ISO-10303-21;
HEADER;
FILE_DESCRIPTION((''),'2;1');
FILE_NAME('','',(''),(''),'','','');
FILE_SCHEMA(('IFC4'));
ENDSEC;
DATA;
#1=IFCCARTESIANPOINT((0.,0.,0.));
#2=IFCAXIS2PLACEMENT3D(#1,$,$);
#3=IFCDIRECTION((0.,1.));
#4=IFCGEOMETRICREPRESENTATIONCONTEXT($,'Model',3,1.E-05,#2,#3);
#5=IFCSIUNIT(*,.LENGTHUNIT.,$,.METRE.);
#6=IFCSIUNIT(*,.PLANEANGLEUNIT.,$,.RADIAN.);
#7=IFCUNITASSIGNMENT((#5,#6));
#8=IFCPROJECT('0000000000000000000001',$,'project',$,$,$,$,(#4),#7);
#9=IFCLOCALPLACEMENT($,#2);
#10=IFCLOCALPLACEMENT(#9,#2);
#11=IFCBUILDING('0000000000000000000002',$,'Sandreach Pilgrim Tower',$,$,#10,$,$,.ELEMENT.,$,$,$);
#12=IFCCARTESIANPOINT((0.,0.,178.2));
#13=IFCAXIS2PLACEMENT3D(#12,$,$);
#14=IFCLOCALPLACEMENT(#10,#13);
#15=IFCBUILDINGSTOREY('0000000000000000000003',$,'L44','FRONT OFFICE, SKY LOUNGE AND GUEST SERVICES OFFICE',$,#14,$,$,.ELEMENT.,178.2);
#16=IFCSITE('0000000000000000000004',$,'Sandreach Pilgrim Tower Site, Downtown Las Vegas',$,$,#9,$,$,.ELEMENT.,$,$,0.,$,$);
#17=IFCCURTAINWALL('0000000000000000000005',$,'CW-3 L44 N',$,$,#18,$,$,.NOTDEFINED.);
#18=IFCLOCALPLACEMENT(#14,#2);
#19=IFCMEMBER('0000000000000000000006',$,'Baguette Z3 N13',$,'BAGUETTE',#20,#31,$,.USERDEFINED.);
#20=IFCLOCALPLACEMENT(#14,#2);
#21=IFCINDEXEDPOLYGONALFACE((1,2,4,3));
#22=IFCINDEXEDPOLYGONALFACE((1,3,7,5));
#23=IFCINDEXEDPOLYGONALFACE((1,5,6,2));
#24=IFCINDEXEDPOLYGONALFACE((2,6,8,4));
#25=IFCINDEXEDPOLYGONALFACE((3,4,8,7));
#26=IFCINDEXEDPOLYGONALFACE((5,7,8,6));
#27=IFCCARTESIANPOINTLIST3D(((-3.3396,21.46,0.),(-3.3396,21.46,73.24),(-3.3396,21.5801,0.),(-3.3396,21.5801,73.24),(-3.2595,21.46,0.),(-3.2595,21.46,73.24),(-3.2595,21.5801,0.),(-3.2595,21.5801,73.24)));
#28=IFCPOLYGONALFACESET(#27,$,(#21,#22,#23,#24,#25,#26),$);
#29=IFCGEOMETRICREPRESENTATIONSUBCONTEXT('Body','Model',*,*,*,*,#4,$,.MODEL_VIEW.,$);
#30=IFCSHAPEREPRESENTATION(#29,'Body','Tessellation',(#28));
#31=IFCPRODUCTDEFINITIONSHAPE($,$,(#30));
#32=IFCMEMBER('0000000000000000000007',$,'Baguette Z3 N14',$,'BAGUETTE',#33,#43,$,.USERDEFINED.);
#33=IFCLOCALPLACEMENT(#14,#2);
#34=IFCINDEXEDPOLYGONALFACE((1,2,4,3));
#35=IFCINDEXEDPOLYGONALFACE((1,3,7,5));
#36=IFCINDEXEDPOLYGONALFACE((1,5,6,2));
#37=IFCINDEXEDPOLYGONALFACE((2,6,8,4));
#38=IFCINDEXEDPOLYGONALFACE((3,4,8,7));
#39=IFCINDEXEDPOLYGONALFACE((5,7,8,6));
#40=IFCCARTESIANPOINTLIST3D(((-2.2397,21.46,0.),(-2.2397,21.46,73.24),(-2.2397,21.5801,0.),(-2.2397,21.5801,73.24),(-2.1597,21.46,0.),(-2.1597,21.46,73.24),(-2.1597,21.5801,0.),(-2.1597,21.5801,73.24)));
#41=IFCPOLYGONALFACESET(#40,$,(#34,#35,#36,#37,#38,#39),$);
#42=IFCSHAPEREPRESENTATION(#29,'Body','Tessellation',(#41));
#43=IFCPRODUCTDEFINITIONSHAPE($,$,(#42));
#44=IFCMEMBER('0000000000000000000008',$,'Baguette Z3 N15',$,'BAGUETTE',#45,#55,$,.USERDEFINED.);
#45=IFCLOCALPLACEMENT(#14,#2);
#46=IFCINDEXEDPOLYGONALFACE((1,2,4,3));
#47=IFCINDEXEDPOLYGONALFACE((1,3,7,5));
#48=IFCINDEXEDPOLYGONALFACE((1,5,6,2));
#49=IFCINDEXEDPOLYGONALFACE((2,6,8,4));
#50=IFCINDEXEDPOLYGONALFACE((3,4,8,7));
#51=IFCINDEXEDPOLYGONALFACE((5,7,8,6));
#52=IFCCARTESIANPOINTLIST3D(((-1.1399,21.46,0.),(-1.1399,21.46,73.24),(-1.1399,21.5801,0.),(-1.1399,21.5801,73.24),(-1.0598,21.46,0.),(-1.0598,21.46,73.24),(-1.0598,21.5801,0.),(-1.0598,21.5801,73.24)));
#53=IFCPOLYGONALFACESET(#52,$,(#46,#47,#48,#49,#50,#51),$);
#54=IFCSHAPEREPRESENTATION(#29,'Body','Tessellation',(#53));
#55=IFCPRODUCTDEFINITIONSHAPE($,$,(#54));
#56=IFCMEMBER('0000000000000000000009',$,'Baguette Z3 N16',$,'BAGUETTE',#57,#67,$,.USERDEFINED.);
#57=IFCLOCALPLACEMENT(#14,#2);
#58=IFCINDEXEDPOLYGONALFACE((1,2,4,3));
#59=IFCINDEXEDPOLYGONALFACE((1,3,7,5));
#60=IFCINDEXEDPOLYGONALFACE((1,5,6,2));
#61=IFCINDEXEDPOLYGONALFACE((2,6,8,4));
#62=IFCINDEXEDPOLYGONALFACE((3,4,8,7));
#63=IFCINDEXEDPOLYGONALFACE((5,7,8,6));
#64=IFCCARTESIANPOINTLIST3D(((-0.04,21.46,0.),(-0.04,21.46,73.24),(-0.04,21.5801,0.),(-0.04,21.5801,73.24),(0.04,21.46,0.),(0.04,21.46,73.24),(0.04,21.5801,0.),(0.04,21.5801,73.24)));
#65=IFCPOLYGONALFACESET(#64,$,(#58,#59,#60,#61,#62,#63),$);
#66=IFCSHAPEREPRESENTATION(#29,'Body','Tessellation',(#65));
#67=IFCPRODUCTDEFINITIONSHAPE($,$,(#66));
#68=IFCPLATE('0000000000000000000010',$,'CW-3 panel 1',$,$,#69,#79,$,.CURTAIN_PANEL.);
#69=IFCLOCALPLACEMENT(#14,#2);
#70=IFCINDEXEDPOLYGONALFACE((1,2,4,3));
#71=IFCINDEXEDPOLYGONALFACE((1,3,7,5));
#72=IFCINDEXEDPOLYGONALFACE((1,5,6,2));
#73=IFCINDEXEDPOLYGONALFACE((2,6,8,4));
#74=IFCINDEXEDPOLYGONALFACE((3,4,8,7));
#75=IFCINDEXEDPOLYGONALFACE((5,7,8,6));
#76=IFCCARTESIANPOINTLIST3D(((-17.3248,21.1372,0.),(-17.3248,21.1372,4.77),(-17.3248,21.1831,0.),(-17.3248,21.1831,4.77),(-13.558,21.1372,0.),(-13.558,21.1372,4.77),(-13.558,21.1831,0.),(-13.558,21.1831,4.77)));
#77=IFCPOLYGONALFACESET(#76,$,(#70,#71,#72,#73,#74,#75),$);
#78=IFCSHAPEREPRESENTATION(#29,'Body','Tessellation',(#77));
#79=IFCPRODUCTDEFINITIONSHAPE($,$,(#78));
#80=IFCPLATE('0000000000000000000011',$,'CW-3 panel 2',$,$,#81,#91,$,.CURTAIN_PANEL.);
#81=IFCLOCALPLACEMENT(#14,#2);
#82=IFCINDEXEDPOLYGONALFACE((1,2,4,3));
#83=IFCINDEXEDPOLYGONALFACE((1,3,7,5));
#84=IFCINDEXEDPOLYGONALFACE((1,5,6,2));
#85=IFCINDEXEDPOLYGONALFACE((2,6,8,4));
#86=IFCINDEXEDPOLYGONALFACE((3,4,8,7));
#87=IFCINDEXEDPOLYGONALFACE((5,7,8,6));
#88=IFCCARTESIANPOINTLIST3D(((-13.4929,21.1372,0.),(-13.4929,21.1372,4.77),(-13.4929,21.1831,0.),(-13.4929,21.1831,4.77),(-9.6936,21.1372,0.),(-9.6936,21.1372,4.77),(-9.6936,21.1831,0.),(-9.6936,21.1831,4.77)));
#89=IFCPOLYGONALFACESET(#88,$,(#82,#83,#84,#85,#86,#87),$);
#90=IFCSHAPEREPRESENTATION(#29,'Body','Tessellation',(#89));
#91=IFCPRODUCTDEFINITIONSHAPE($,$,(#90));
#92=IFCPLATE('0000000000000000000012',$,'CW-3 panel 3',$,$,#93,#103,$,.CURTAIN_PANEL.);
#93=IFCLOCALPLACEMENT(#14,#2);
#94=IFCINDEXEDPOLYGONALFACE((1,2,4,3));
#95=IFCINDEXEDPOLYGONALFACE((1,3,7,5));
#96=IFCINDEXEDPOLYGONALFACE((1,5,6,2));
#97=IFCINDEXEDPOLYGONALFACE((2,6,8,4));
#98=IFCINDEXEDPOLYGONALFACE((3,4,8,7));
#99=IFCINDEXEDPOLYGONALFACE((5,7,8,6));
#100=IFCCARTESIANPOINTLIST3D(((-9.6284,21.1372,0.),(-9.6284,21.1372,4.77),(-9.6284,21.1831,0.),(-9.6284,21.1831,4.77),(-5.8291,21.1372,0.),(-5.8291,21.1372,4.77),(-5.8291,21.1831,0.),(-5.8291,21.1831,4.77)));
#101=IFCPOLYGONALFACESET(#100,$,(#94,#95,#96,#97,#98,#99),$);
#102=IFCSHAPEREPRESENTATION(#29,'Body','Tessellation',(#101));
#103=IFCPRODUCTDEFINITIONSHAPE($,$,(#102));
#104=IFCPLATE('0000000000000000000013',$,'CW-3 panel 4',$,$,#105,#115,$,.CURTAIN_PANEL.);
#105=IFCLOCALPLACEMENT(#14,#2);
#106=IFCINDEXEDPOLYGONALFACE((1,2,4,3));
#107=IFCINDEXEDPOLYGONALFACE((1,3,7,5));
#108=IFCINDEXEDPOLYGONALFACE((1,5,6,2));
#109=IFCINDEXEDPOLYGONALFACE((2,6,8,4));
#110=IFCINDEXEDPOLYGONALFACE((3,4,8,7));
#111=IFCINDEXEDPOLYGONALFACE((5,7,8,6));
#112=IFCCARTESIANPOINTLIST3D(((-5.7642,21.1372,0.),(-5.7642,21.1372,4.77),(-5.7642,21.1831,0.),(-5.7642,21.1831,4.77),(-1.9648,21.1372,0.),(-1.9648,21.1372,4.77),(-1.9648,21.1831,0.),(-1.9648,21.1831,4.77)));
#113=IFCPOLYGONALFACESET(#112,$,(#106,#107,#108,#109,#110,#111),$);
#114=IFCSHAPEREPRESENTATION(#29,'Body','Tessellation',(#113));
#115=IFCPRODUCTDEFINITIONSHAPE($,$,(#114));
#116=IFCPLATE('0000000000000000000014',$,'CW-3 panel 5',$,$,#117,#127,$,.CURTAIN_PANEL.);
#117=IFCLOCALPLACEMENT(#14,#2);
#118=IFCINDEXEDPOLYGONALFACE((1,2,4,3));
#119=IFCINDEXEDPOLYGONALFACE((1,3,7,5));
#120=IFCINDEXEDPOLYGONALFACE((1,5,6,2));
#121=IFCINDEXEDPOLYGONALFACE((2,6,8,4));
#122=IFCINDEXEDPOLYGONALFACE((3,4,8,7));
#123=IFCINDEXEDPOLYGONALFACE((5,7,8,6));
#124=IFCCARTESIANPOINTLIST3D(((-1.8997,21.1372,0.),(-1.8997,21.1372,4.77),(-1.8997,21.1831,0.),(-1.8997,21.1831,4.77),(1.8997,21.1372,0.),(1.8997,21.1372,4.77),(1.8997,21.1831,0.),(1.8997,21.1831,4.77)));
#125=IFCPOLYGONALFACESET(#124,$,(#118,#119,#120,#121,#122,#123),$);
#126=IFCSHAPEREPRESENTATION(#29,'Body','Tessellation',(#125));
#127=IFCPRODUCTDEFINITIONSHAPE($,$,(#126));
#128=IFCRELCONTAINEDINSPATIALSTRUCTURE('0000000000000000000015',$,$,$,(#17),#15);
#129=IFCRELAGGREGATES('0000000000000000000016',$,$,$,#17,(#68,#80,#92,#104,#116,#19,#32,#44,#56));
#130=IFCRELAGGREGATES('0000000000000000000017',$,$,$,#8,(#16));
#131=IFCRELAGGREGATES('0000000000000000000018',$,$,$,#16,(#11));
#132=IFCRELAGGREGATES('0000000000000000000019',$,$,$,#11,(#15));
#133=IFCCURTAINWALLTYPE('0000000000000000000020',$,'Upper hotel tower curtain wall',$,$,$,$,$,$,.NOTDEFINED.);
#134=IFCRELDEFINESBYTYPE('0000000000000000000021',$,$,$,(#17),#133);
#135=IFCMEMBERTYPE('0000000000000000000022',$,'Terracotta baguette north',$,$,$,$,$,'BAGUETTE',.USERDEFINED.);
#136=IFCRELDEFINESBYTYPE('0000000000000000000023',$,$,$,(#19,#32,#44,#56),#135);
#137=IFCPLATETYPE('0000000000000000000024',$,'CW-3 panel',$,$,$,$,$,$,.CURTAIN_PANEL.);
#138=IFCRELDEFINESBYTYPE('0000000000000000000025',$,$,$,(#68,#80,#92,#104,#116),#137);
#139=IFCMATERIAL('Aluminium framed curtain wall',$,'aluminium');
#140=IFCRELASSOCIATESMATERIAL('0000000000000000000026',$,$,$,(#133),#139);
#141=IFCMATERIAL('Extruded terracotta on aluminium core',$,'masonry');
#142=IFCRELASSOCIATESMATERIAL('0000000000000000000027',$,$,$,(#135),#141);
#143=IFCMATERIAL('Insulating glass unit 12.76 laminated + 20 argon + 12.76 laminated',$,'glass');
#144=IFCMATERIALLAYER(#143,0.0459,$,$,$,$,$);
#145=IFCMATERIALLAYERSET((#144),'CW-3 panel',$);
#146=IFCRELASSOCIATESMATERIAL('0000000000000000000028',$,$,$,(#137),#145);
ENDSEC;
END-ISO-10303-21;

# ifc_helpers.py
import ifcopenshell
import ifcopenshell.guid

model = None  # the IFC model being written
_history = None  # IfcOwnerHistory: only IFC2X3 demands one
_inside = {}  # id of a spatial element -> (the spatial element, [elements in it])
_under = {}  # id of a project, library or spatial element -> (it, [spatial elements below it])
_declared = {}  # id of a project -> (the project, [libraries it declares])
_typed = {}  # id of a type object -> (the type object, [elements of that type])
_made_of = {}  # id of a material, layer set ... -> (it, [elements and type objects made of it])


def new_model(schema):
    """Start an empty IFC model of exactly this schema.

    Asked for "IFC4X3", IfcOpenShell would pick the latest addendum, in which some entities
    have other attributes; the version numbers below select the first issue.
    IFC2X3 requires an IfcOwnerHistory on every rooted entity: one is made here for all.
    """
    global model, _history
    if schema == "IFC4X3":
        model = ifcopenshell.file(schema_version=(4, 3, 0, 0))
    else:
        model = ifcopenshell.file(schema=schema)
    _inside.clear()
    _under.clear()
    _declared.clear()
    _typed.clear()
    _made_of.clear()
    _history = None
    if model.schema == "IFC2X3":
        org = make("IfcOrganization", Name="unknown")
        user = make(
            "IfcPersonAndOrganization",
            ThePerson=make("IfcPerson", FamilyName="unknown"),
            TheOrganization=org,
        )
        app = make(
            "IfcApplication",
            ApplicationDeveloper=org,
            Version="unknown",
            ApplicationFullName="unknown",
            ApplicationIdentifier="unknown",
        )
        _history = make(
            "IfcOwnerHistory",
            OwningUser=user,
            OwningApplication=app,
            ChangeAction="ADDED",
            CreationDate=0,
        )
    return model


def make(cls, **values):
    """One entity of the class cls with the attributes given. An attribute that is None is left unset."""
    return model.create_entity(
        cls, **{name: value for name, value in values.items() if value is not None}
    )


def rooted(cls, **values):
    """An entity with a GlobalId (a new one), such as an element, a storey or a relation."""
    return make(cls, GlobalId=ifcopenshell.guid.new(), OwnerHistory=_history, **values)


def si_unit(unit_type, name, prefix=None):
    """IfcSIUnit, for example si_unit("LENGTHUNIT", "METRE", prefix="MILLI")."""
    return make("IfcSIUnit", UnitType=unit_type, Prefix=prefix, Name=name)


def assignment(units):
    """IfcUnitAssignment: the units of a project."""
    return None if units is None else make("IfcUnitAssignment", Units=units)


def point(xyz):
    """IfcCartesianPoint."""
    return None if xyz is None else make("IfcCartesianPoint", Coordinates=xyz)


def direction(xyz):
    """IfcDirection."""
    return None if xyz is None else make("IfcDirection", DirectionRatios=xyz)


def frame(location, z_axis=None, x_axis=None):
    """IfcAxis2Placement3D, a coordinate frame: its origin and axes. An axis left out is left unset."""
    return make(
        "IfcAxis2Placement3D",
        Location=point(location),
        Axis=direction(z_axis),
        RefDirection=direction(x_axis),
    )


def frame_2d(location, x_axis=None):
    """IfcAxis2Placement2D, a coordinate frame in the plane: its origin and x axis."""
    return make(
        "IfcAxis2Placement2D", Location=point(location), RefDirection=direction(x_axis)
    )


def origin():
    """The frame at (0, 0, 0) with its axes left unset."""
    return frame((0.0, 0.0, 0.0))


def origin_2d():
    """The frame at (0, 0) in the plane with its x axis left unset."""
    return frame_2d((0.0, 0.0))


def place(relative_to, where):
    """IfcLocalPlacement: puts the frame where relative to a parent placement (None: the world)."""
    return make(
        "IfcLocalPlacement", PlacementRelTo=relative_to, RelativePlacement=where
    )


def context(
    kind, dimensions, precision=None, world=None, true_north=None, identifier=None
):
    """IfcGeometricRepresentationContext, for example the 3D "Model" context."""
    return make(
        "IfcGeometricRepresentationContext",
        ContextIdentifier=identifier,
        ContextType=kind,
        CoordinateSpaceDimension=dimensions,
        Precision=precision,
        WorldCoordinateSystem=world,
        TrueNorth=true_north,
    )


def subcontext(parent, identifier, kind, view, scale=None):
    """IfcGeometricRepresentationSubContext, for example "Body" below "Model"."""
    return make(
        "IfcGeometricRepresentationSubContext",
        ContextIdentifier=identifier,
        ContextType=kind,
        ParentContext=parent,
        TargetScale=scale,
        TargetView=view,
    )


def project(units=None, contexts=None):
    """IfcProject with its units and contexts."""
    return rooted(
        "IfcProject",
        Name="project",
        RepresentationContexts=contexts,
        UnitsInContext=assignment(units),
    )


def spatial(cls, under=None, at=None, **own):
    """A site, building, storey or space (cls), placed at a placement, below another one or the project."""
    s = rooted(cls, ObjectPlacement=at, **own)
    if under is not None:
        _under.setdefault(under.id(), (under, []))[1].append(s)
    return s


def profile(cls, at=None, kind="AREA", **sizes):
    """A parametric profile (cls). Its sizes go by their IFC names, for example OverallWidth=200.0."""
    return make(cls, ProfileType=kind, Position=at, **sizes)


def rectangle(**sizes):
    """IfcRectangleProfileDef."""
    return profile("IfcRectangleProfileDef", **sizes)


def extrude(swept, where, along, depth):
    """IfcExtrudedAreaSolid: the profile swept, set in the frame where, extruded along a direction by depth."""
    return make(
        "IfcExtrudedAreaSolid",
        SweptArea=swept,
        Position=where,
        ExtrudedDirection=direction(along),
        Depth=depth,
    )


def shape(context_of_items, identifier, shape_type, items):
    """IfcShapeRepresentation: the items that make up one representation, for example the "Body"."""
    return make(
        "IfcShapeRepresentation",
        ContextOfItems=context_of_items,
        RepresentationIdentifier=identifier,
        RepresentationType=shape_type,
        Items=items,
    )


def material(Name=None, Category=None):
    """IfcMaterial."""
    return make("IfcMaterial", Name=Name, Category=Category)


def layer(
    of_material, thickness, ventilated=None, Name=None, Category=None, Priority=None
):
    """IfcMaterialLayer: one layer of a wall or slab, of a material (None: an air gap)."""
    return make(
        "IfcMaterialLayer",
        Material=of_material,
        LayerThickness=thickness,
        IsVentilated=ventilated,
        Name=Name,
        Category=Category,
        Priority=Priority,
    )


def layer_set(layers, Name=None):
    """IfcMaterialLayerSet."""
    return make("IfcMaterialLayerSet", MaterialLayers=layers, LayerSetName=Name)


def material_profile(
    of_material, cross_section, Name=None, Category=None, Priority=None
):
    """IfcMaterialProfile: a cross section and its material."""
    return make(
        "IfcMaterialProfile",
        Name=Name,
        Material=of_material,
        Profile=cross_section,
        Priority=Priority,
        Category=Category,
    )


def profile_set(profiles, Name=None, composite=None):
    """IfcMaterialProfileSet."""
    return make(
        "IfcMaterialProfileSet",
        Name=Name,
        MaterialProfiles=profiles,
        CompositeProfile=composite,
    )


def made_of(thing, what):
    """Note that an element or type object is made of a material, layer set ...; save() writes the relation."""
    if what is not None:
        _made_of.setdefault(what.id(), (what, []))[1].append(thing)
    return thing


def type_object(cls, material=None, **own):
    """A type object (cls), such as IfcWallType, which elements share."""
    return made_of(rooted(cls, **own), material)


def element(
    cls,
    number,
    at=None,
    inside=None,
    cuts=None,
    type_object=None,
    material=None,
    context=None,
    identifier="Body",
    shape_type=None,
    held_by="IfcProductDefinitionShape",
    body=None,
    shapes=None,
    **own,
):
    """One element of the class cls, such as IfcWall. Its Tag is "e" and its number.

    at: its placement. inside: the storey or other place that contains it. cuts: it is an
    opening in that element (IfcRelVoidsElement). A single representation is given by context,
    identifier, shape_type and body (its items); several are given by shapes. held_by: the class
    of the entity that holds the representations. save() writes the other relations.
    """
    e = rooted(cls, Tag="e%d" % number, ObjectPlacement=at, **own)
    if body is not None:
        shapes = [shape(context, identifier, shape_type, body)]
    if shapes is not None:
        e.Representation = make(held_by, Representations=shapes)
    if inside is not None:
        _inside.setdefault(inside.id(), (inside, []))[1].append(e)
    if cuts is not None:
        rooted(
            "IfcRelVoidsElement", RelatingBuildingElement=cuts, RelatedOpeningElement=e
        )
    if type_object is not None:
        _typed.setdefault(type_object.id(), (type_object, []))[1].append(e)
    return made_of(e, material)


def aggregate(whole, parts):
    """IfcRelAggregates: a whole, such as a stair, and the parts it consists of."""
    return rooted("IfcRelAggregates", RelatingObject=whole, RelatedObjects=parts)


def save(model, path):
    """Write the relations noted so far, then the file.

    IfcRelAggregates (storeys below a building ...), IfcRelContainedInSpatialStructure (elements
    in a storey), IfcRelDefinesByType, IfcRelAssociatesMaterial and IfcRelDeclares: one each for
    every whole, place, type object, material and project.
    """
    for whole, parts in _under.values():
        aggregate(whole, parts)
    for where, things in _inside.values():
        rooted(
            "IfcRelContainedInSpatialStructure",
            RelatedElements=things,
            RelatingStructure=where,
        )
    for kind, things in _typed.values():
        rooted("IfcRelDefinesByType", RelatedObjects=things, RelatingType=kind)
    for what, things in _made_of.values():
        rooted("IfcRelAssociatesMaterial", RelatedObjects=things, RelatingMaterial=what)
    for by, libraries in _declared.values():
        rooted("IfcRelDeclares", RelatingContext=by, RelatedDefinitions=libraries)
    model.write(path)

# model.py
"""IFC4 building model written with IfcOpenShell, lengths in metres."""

from ifc_helpers import new_model, si_unit, direction, frame, origin, origin_2d, place, context, subcontext, project, spatial, rectangle, extrude, material, layer, layer_set, material_profile, profile_set, type_object, element, aggregate, save


model = new_model("IFC4")

# Units and contexts
model_context = context("Model", 3, precision=1e-05, world=origin(), true_north=direction((0.0, 1.0)))
body_context = subcontext(model_context, "Body", "Model", "MODEL_VIEW")
ifc_project = project(units=[si_unit("LENGTHUNIT", "METRE"), si_unit("PLANEANGLEUNIT", "RADIAN")], contexts=[model_context])

# Site, building, storey
site_placement = place(None, origin())
site = spatial("IfcSite", under=ifc_project, at=site_placement, Name="Sandreach Pilgrim Tower Site, Downtown Las Vegas", CompositionType="ELEMENT", RefElevation=0.0)
building_placement = place(site_placement, origin())
building = spatial("IfcBuilding", under=site, at=building_placement, Name="Sandreach Pilgrim Tower", CompositionType="ELEMENT")
storey_placement = place(building_placement, frame((0.0, 0.0, 178.2)))
storey = spatial("IfcBuildingStorey", under=building, at=storey_placement, Name="L44", Description="FRONT OFFICE, SKY LOUNGE AND GUEST SERVICES OFFICE", CompositionType="ELEMENT", Elevation=178.2)

# Curtain wall
ifc_material_1 = material(Name="Aluminium framed curtain wall", Category="aluminium")
curtain_wall_type = type_object("IfcCurtainWallType", Name="Upper hotel tower curtain wall", PredefinedType="NOTDEFINED", material=ifc_material_1)
curtain_wall_placement = place(storey_placement, origin())
curtain_wall = element("IfcCurtainWall", 1, at=curtain_wall_placement, inside=storey, type_object=curtain_wall_type, Name="CW-3 L44 N", PredefinedType="NOTDEFINED")

# Members
ifc_material_2 = material(Name="Extruded terracotta on aluminium core", Category="masonry")
ifc_material_profile_1 = material_profile(ifc_material_2, rectangle(XDim=0.0801, YDim=0.1201, at=origin_2d()), Name="TBN 80X120")
ifc_profile_set_1 = profile_set([ifc_material_profile_1], Name="Extruded terracotta on aluminium core")
member_type_1 = type_object("IfcMemberType", Name="Terracotta baguette north", ElementType="BAGUETTE", PredefinedType="USERDEFINED", material=ifc_profile_set_1)
member_1_placement = place(storey_placement, frame((-3.2996, 21.52, 0.0), z_axis=(0.0, 0.0, 1.0), x_axis=(1.0, 0.0, 0.0)))
member_1 = element("IfcMember", 2, at=member_1_placement, type_object=member_type_1, Name="Baguette Z3 N13", ObjectType="BAGUETTE", PredefinedType="USERDEFINED", context=body_context, shape_type="SweptSolid", body=[
    extrude(rectangle(XDim=0.0801, YDim=0.1201, at=origin_2d()), origin(), (0.0, 0.0, 1.0), 73.24),
])
member_2_placement = place(storey_placement, frame((-2.1997, 21.52, 0.0), z_axis=(0.0, 0.0, 1.0), x_axis=(1.0, 0.0, 0.0)))
member_2 = element("IfcMember", 3, at=member_2_placement, type_object=member_type_1, Name="Baguette Z3 N14", ObjectType="BAGUETTE", PredefinedType="USERDEFINED", context=body_context, shape_type="SweptSolid", body=[
    extrude(rectangle(XDim=0.0801, YDim=0.1201, at=origin_2d()), origin(), (0.0, 0.0, 1.0), 73.24),
])
member_3_placement = place(storey_placement, frame((-1.0999, 21.52, 0.0), z_axis=(0.0, 0.0, 1.0), x_axis=(1.0, 0.0, 0.0)))
member_3 = element("IfcMember", 4, at=member_3_placement, type_object=member_type_1, Name="Baguette Z3 N15", ObjectType="BAGUETTE", PredefinedType="USERDEFINED", context=body_context, shape_type="SweptSolid", body=[
    extrude(rectangle(XDim=0.0801, YDim=0.1201, at=origin_2d()), origin(), (0.0, 0.0, 1.0), 73.24),
])
member_4_placement = place(storey_placement, frame((0.0, 21.52, 0.0), z_axis=(0.0, 0.0, 1.0), x_axis=(1.0, 0.0, 0.0)))
member_4 = element("IfcMember", 5, at=member_4_placement, type_object=member_type_1, Name="Baguette Z3 N16", ObjectType="BAGUETTE", PredefinedType="USERDEFINED", context=body_context, shape_type="SweptSolid", body=[
    extrude(rectangle(XDim=0.0801, YDim=0.1201, at=origin_2d()), origin(), (0.0, 0.0, 1.0), 73.24),
])

# Plates
ifc_material_3 = material(Name="Insulating glass unit 12.76 laminated + 20 argon + 12.76 laminated", Category="glass")
ifc_layer = layer(ifc_material_3, 0.0459)
ifc_layer_set = layer_set([ifc_layer], Name="CW-3 panel")
plate_type = type_object("IfcPlateType", Name="CW-3 panel", PredefinedType="CURTAIN_PANEL", material=ifc_layer_set)
plate_1_placement = place(storey_placement, frame((-15.4414, 21.1602, 0.0), z_axis=(0.0, 0.0, 1.0), x_axis=(1.0, 0.0, 0.0)))
plate_1 = element("IfcPlate", 6, at=plate_1_placement, type_object=plate_type, Name="CW-3 panel 1", PredefinedType="CURTAIN_PANEL", context=body_context, shape_type="SweptSolid", body=[
    extrude(rectangle(XDim=3.7668, YDim=0.0459, at=origin_2d()), origin(), (0.0, 0.0, 1.0), 4.77),
])
plate_2_placement = place(storey_placement, frame((-11.5933, 21.1602, 0.0), z_axis=(0.0, 0.0, 1.0), x_axis=(1.0, 0.0, 0.0)))
plate_2 = element("IfcPlate", 7, at=plate_2_placement, type_object=plate_type, Name="CW-3 panel 2", PredefinedType="CURTAIN_PANEL", context=body_context, shape_type="SweptSolid", body=[
    extrude(rectangle(XDim=3.7993, YDim=0.0459, at=origin_2d()), origin(), (0.0, 0.0, 1.0), 4.77),
])
plate_3_placement = place(storey_placement, frame((-7.7288, 21.1602, 0.0), z_axis=(0.0, 0.0, 1.0), x_axis=(1.0, 0.0, 0.0)))
plate_3 = element("IfcPlate", 8, at=plate_3_placement, type_object=plate_type, Name="CW-3 panel 3", PredefinedType="CURTAIN_PANEL", context=body_context, shape_type="SweptSolid", body=[
    extrude(rectangle(XDim=3.7993, YDim=0.0459, at=origin_2d()), origin(), (0.0, 0.0, 1.0), 4.77),
])
plate_4_placement = place(storey_placement, frame((-3.8645, 21.1602, 0.0), z_axis=(0.0, 0.0, 1.0), x_axis=(1.0, 0.0, 0.0)))
plate_4 = element("IfcPlate", 9, at=plate_4_placement, type_object=plate_type, Name="CW-3 panel 4", PredefinedType="CURTAIN_PANEL", context=body_context, shape_type="SweptSolid", body=[
    extrude(rectangle(XDim=3.7993, YDim=0.0459, at=origin_2d()), origin(), (0.0, 0.0, 1.0), 4.77),
])
plate_5_placement = place(storey_placement, frame((0.0, 21.1602, 0.0), z_axis=(0.0, 0.0, 1.0), x_axis=(1.0, 0.0, 0.0)))
plate_5 = element("IfcPlate", 10, at=plate_5_placement, type_object=plate_type, Name="CW-3 panel 5", PredefinedType="CURTAIN_PANEL", context=body_context, shape_type="SweptSolid", body=[
    extrude(rectangle(XDim=3.7993, YDim=0.0459, at=origin_2d()), origin(), (0.0, 0.0, 1.0), 4.77),
])
aggregate(curtain_wall, [plate_1, plate_2, plate_3, plate_4, plate_5, member_1, member_2, member_3, member_4])

save(model, "model.ifc")
